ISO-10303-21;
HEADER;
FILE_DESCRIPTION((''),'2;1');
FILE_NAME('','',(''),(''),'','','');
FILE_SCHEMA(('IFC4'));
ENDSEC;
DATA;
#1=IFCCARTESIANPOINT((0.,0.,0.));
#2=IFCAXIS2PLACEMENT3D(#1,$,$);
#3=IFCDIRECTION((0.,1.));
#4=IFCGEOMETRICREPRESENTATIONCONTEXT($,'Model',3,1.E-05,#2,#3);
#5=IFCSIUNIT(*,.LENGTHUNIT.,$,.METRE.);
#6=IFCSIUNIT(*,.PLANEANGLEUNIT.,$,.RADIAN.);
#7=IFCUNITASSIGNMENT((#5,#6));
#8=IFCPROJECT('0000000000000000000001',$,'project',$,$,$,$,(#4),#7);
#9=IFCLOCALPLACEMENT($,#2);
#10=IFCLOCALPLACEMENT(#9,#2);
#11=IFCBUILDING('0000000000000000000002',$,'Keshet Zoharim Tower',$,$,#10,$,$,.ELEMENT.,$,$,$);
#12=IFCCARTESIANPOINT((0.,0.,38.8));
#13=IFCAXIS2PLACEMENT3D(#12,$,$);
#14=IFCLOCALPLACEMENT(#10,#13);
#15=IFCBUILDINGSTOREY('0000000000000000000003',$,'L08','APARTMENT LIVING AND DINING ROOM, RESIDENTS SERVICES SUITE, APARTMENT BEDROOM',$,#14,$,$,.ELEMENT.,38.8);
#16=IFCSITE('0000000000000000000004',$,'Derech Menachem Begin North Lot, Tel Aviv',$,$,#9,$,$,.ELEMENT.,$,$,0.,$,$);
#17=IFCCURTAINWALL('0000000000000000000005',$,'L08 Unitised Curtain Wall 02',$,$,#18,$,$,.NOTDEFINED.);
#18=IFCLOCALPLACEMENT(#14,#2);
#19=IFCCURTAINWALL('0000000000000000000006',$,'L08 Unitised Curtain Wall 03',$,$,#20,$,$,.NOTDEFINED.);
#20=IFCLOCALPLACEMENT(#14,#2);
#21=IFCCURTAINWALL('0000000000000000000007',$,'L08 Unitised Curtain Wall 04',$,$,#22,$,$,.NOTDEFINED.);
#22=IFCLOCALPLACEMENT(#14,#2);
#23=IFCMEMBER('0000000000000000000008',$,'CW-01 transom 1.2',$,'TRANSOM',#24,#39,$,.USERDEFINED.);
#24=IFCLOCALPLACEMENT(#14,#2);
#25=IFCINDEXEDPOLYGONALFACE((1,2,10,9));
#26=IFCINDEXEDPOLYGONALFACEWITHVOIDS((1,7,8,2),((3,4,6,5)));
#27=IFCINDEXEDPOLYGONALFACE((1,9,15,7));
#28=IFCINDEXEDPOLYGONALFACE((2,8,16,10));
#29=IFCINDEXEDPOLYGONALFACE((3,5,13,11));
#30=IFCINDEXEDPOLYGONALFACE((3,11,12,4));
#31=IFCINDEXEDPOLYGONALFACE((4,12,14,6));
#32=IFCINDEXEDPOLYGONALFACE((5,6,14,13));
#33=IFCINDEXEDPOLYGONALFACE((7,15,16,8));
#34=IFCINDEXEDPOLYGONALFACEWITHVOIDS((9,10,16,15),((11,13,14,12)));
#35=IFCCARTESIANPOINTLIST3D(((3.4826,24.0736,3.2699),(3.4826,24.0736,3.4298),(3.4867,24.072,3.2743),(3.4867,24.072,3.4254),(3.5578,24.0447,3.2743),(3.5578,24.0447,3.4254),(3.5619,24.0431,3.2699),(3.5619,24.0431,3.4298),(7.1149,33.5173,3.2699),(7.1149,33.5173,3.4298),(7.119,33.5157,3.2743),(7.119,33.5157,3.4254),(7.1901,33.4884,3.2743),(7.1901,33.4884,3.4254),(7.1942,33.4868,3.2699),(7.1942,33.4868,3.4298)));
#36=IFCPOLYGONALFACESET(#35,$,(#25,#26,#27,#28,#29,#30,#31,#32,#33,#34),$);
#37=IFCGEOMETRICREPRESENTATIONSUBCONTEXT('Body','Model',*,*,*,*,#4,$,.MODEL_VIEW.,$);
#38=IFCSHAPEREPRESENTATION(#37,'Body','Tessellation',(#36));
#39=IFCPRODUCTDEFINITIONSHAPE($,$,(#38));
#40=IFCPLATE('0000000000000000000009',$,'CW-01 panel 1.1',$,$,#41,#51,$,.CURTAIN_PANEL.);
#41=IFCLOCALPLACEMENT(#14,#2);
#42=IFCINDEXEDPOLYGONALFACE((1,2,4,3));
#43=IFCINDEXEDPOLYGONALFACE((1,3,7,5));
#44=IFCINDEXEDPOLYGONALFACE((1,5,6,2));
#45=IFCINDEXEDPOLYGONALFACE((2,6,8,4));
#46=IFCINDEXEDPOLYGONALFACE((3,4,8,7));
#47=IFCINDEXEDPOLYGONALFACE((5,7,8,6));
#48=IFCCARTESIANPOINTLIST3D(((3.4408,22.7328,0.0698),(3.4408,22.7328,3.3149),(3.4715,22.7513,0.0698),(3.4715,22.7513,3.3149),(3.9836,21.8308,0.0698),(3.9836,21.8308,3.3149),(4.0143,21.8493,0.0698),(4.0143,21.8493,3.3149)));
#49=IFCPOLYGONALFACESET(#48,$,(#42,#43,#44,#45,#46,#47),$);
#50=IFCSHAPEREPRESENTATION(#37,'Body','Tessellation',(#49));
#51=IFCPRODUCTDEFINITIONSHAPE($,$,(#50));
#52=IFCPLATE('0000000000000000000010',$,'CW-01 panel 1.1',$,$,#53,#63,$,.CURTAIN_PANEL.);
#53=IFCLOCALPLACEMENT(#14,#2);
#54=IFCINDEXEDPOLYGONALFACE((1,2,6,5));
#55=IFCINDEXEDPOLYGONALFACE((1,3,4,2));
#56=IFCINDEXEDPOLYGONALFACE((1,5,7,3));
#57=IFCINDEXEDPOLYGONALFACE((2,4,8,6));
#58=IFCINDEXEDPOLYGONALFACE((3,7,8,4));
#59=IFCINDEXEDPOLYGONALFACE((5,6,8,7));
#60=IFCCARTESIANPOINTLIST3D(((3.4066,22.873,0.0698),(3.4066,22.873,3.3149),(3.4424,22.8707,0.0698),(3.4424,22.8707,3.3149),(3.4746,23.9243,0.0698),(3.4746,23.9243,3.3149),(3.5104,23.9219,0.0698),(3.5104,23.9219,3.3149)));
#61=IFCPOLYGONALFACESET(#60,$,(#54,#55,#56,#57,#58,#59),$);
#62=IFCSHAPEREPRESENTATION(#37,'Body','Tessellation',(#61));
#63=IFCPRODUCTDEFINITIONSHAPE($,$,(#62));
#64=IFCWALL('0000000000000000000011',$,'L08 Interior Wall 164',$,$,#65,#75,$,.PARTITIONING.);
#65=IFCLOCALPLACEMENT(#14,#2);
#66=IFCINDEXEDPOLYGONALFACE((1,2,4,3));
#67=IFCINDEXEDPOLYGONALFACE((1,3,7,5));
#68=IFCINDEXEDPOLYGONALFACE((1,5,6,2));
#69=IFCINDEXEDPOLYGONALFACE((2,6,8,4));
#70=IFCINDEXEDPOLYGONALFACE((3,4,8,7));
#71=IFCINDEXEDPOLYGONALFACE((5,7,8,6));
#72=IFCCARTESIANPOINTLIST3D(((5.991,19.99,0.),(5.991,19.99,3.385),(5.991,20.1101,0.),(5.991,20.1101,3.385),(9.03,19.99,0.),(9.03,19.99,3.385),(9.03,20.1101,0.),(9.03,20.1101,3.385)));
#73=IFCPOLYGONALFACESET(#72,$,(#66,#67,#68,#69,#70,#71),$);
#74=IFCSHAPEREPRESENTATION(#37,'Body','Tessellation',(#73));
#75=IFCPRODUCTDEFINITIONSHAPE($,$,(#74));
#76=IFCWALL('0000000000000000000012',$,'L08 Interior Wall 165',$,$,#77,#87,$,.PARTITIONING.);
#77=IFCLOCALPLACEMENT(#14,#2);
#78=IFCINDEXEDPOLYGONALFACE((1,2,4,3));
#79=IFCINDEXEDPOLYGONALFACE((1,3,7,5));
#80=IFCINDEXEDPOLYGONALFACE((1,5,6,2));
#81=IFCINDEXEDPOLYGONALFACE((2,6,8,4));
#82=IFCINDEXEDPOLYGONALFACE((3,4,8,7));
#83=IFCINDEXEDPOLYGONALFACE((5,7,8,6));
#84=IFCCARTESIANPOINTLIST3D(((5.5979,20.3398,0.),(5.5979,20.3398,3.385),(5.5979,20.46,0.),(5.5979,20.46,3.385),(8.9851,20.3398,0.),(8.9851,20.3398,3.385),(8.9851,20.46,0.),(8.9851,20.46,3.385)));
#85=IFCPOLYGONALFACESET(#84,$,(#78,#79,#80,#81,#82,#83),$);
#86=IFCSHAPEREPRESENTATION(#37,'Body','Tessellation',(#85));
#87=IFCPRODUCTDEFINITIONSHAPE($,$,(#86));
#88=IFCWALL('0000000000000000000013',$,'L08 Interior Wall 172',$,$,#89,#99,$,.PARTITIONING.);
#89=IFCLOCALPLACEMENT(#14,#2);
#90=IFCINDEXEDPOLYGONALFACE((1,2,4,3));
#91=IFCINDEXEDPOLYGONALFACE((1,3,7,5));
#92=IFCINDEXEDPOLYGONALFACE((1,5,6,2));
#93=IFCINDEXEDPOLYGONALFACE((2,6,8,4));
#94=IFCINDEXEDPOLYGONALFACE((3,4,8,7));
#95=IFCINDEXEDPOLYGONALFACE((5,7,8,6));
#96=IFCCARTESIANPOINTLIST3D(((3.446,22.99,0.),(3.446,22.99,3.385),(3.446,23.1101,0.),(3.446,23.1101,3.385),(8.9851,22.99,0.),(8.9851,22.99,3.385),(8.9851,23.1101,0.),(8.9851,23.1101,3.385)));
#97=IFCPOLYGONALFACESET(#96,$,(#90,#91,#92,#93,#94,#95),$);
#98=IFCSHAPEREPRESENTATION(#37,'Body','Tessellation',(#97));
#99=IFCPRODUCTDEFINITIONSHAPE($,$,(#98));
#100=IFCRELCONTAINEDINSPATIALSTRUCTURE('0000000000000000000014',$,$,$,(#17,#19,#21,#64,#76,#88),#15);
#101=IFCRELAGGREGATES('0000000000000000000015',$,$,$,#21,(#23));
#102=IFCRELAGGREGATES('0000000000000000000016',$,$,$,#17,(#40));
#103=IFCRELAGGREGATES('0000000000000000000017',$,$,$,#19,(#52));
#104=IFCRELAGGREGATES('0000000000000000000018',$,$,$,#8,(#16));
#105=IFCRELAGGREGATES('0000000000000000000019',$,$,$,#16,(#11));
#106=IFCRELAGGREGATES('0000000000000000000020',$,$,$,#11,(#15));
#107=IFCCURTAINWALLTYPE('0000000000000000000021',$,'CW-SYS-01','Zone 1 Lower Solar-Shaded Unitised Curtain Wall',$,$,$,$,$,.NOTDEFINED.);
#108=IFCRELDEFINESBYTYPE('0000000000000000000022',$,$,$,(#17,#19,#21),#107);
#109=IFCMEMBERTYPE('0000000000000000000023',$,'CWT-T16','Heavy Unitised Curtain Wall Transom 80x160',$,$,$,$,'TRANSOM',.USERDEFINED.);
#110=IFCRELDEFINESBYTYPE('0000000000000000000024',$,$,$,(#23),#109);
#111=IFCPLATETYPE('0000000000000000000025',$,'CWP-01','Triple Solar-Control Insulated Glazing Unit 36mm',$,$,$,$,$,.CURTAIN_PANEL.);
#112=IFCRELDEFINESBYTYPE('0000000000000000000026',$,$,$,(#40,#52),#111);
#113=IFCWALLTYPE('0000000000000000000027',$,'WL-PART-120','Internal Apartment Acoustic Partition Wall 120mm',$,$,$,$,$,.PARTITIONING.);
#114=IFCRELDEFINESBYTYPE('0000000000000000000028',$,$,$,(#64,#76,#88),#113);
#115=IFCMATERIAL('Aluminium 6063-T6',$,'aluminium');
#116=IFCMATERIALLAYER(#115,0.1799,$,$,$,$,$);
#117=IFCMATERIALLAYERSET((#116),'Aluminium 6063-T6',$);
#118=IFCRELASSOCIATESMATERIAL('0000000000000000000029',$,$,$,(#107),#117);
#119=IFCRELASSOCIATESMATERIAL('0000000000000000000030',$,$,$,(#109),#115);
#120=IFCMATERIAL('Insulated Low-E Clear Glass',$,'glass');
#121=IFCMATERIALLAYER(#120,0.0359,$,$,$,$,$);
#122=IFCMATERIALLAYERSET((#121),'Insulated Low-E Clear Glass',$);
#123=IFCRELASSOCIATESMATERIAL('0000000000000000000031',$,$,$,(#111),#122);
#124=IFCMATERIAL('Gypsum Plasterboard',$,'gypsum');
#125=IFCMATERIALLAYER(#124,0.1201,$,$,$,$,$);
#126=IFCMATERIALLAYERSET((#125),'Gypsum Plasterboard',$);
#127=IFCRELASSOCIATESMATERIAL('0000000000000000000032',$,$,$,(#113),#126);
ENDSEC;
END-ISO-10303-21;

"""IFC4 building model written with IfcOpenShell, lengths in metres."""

from ifc_helpers import new_model, si_unit, direction, frame, frame_2d, origin, origin_2d, place, context, subcontext, project, spatial, rectangle, hollow_rectangle, extrude, material, layer, layer_set, material_profile, profile_set, type_object, element, aggregate, save


model = new_model("IFC4")

# Units and contexts
model_context = context("Model", 3, precision=1e-05, world=origin(), true_north=direction((0.0, 1.0)))
body_context = subcontext(model_context, "Body", "Model", "MODEL_VIEW")
ifc_project = project(units=[si_unit("LENGTHUNIT", "METRE"), si_unit("PLANEANGLEUNIT", "RADIAN")], contexts=[model_context])

# Site, building, storey
site_placement = place(None, origin())
site = spatial("IfcSite", under=ifc_project, at=site_placement, Name="Derech Menachem Begin North Lot, Tel Aviv", CompositionType="ELEMENT", RefElevation=0.0)
building_placement = place(site_placement, origin())
building = spatial("IfcBuilding", under=site, at=building_placement, Name="Keshet Zoharim Tower", CompositionType="ELEMENT")
storey_placement = place(building_placement, frame((0.0, 0.0, 38.8)))
storey = spatial("IfcBuildingStorey", under=building, at=storey_placement, Name="L08", Description="APARTMENT LIVING AND DINING ROOM, RESIDENTS SERVICES SUITE, APARTMENT BEDROOM", CompositionType="ELEMENT", Elevation=38.8)

# Shared definitions
ifc_material_1 = material(Name="Aluminium 6063-T6", Category="aluminium")
ifc_layer_1 = layer(ifc_material_1, 0.1799)
ifc_layer_set_1 = layer_set([ifc_layer_1], Name="Aluminium 6063-T6")
curtain_wall_type = type_object("IfcCurtainWallType", Name="CW-SYS-01", Description="Zone 1 Lower Solar-Shaded Unitised Curtain Wall", PredefinedType="NOTDEFINED", material=ifc_layer_set_1)

# Curtain walls
curtain_wall_1_placement = place(storey_placement, origin())
curtain_wall_1 = element("IfcCurtainWall", 1, at=curtain_wall_1_placement, inside=storey, type_object=curtain_wall_type, Name="L08 Unitised Curtain Wall 02", PredefinedType="NOTDEFINED")
curtain_wall_2_placement = place(storey_placement, origin())
curtain_wall_2 = element("IfcCurtainWall", 2, at=curtain_wall_2_placement, inside=storey, type_object=curtain_wall_type, Name="L08 Unitised Curtain Wall 03", PredefinedType="NOTDEFINED")

# Curtain wall
curtain_wall_3_placement = place(storey_placement, origin())
curtain_wall_3 = element("IfcCurtainWall", 3, at=curtain_wall_3_placement, inside=storey, type_object=curtain_wall_type, Name="L08 Unitised Curtain Wall 04", PredefinedType="NOTDEFINED")

# Member
ifc_material_profile_1 = material_profile(ifc_material_1, hollow_rectangle(XDim=0.085, YDim=0.1599, WallThickness=0.0044, at=origin_2d()), Name="TRN-85x160")
ifc_profile_set_1 = profile_set([ifc_material_profile_1], Name="Aluminium 6063-T6")
member_type_1 = type_object("IfcMemberType", Name="CWT-T16", Description="Heavy Unitised Curtain Wall Transom 80x160", ElementType="TRANSOM", PredefinedType="USERDEFINED", material=ifc_profile_set_1)
member_1_placement = place(storey_placement, frame((3.5222, 24.0583, 3.3499), z_axis=(0.358994, 0.93334, 0.0), x_axis=(-0.93334, 0.358994, 0.0)))
member_1 = element("IfcMember", 4, at=member_1_placement, type_object=member_type_1, Name="CW-01 transom 1.2", ObjectType="TRANSOM", PredefinedType="USERDEFINED", context=body_context, shape_type="SweptSolid", body=[
    extrude(hollow_rectangle(XDim=0.085, YDim=0.1599, WallThickness=0.0044, at=origin_2d()), origin(), (0.0, 0.0, 1.0), 10.1182),
])
aggregate(curtain_wall_3, [member_1])

# Plates
ifc_material_2 = material(Name="Insulated Low-E Clear Glass", Category="glass")
ifc_layer_2 = layer(ifc_material_2, 0.0359)
ifc_layer_set_2 = layer_set([ifc_layer_2], Name="Insulated Low-E Clear Glass")
plate_type = type_object("IfcPlateType", Name="CWP-01", Description="Triple Solar-Control Insulated Glazing Unit 36mm", PredefinedType="CURTAIN_PANEL", material=ifc_layer_set_2)
plate_1_placement = place(storey_placement, frame((3.7275, 22.291, 0.0698), z_axis=(0.0, 0.0, 1.0), x_axis=(-0.515605, 0.856826, 0.0)))
plate_1 = element("IfcPlate", 5, at=plate_1_placement, type_object=plate_type, Name="CW-01 panel 1.1", PredefinedType="CURTAIN_PANEL", context=body_context, shape_type="SweptSolid", body=[
    extrude(rectangle(XDim=1.0527, YDim=0.0359, at=origin_2d()), origin(), (0.0, 0.0, 1.0), 3.2451),
])
aggregate(curtain_wall_1, [plate_1])
plate_2_placement = place(storey_placement, frame((3.4585, 23.3975, 0.0698), z_axis=(0.0, 0.0, 1.0), x_axis=(0.064517, 0.997917, 0.0)))
plate_2 = element("IfcPlate", 6, at=plate_2_placement, type_object=plate_type, Name="CW-01 panel 1.1", PredefinedType="CURTAIN_PANEL", context=body_context, shape_type="SweptSolid", body=[
    extrude(rectangle(XDim=1.0535, YDim=0.0359, at=origin_2d()), origin(), (0.0, 0.0, 1.0), 3.2451),
])
aggregate(curtain_wall_2, [plate_2])

# Shared definitions
ifc_material_3 = material(Name="Gypsum Plasterboard", Category="gypsum")
ifc_layer_3 = layer(ifc_material_3, 0.1201)
ifc_layer_set_3 = layer_set([ifc_layer_3], Name="Gypsum Plasterboard")
wall_type = type_object("IfcWallType", Name="WL-PART-120", Description="Internal Apartment Acoustic Partition Wall 120mm", PredefinedType="PARTITIONING", material=ifc_layer_set_3)

# Walls
wall_1_placement = place(storey_placement, frame((5.991, 20.05, 0.0), z_axis=(0.0, 0.0, 1.0), x_axis=(1.0, 0.0, 0.0)))
element("IfcWall", 7, at=wall_1_placement, inside=storey, type_object=wall_type, Name="L08 Interior Wall 164", PredefinedType="PARTITIONING", context=body_context, shape_type="SweptSolid", body=[
    extrude(rectangle(XDim=3.0391, YDim=0.1201, at=frame_2d((1.5195, 0.0))), origin(), (0.0, 0.0, 1.0), 3.385),
])
wall_2_placement = place(storey_placement, frame((5.5979, 20.3999, 0.0), z_axis=(0.0, 0.0, 1.0), x_axis=(1.0, 0.0, 0.0)))
element("IfcWall", 8, at=wall_2_placement, inside=storey, type_object=wall_type, Name="L08 Interior Wall 165", PredefinedType="PARTITIONING", context=body_context, shape_type="SweptSolid", body=[
    extrude(rectangle(XDim=3.3872, YDim=0.1201, at=frame_2d((1.6936, 0.0))), origin(), (0.0, 0.0, 1.0), 3.385),
])
wall_3_placement = place(storey_placement, frame((3.446, 23.05, 0.0), z_axis=(0.0, 0.0, 1.0), x_axis=(1.0, 0.0, 0.0)))
element("IfcWall", 9, at=wall_3_placement, inside=storey, type_object=wall_type, Name="L08 Interior Wall 172", PredefinedType="PARTITIONING", context=body_context, shape_type="SweptSolid", body=[
    extrude(rectangle(XDim=5.5391, YDim=0.1201, at=frame_2d((2.7695, 0.0))), origin(), (0.0, 0.0, 1.0), 3.385),
])

save(model, "model.ifc")
